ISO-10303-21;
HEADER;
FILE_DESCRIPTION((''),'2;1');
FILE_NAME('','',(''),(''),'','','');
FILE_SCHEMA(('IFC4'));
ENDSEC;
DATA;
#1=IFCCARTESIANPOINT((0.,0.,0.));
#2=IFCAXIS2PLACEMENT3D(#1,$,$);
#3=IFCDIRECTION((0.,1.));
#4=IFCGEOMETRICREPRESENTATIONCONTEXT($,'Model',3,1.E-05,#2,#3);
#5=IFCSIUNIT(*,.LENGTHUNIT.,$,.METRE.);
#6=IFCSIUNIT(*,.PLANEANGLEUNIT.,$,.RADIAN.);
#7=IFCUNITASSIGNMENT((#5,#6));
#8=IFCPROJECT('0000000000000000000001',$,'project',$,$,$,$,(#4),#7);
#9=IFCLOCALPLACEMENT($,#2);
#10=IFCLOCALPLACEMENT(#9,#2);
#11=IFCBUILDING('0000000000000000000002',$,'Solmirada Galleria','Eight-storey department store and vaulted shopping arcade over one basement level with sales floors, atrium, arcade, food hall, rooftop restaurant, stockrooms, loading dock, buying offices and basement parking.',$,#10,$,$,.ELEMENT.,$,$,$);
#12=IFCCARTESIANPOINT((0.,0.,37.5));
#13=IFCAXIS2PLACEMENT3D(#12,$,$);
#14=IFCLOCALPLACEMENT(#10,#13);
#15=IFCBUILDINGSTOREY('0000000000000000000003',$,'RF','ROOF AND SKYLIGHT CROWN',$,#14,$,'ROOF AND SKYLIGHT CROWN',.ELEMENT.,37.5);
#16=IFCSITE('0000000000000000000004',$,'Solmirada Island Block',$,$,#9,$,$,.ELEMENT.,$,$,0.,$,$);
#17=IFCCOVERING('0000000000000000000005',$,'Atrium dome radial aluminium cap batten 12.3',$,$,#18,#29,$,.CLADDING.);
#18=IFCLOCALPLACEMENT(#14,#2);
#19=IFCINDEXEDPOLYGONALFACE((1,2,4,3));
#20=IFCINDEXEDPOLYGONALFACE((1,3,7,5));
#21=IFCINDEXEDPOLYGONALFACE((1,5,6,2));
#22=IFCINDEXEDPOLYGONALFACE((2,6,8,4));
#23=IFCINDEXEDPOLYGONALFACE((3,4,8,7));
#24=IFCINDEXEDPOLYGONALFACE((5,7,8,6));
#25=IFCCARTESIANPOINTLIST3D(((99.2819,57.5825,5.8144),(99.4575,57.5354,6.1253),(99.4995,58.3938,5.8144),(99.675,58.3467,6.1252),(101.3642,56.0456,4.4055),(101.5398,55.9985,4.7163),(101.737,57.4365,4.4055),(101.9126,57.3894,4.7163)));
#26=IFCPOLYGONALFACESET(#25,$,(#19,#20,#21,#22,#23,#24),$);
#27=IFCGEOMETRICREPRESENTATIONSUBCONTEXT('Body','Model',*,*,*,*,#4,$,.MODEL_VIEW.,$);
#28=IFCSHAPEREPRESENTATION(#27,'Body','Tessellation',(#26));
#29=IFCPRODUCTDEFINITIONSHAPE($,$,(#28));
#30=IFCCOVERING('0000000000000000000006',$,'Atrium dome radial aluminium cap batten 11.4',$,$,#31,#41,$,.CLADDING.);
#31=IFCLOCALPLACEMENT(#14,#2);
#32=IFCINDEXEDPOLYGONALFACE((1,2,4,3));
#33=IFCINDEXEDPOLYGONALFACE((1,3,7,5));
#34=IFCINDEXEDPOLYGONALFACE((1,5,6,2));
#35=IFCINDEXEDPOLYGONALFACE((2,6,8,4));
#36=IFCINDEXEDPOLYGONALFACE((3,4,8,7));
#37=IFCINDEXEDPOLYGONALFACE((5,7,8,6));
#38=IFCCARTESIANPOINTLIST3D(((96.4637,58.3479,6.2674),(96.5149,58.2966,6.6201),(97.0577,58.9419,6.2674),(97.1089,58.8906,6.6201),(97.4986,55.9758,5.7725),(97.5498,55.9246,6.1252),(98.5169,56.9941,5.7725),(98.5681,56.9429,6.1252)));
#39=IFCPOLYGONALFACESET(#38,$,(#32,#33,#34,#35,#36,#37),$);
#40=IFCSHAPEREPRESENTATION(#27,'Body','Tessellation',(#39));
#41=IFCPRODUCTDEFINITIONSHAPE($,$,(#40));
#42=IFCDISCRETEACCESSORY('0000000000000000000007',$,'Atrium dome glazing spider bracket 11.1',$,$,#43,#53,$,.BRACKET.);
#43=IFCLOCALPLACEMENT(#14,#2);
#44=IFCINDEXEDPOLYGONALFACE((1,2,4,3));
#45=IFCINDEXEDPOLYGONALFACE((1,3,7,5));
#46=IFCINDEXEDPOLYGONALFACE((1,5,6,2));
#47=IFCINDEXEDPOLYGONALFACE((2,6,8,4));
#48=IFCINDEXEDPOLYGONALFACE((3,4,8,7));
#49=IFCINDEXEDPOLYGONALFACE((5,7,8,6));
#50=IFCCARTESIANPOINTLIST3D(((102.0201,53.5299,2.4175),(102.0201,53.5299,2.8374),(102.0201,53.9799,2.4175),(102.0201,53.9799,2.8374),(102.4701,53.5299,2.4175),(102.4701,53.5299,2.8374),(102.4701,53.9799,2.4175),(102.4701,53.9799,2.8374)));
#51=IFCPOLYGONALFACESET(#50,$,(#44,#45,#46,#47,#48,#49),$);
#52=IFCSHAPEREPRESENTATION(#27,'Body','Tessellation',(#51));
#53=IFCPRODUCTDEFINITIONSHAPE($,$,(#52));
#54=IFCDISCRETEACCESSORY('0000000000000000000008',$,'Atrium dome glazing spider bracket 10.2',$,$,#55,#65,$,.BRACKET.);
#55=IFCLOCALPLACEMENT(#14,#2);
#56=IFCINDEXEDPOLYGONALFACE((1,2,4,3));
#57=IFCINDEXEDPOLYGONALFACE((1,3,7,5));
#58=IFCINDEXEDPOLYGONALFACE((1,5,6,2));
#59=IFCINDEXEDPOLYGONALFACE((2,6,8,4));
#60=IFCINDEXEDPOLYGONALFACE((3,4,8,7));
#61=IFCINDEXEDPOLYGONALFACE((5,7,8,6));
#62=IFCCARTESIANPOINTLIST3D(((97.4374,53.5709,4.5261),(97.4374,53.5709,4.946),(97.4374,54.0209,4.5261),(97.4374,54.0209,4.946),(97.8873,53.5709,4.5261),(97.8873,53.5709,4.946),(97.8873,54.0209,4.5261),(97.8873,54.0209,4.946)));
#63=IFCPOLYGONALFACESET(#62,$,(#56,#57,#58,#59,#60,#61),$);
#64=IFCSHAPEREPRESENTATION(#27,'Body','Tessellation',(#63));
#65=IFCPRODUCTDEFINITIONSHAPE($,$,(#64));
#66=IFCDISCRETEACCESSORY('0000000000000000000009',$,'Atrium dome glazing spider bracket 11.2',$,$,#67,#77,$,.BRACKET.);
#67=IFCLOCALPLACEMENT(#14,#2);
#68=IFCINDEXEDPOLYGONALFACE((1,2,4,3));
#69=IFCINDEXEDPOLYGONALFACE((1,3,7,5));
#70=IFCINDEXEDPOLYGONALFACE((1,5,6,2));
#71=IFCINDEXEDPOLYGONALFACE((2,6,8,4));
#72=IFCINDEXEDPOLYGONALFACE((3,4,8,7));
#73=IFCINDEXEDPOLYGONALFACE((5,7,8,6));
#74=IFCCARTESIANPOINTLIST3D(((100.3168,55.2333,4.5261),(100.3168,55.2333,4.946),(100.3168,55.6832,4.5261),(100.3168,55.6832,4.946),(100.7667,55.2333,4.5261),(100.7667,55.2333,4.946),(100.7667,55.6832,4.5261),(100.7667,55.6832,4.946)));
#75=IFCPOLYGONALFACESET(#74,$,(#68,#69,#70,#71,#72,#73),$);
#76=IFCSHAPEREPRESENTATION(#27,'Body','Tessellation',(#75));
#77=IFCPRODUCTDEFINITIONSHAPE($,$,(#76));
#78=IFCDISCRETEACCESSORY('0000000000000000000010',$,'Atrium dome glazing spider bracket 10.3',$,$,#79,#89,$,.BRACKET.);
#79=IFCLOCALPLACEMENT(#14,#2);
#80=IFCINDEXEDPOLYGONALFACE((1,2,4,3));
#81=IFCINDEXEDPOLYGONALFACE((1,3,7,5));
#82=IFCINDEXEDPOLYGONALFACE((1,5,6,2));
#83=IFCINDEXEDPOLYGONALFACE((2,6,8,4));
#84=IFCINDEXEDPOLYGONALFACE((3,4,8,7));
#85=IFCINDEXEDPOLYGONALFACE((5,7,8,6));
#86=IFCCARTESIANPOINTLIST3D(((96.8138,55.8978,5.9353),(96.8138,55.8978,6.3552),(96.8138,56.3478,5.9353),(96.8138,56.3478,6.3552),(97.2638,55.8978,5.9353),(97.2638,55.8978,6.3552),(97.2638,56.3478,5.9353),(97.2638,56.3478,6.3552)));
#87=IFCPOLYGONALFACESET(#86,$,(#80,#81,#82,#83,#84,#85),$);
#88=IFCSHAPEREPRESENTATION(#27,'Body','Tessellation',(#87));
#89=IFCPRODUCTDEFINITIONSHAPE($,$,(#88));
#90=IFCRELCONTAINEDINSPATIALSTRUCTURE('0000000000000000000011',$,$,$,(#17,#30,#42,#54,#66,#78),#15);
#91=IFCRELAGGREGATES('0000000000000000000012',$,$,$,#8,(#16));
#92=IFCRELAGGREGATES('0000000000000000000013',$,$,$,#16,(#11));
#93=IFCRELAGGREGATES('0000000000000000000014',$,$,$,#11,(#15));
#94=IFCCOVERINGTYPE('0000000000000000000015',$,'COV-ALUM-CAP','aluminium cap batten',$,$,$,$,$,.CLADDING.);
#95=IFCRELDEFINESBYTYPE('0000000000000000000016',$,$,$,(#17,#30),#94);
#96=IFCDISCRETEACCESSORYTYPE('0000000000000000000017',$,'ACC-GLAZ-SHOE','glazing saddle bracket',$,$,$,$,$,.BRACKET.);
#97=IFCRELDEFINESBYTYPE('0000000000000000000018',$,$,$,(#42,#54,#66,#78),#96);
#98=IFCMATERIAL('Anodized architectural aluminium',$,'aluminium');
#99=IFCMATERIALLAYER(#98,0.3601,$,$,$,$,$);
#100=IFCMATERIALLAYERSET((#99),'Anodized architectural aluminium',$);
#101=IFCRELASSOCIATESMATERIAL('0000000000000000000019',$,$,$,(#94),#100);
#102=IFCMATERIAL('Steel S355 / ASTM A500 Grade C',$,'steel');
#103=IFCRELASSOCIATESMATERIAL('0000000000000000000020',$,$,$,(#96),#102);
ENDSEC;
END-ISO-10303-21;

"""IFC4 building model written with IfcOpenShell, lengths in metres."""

from ifc_helpers import new_model, si_unit, direction, frame, origin, origin_2d, place, context, subcontext, project, spatial, polyline, rectangle, outline, extrude, material, layer, layer_set, type_object, element, save


model = new_model("IFC4")

# Units and contexts
model_context = context("Model", 3, precision=1e-05, world=origin(), true_north=direction((0.0, 1.0)))
body_context = subcontext(model_context, "Body", "Model", "MODEL_VIEW")
ifc_project = project(units=[si_unit("LENGTHUNIT", "METRE"), si_unit("PLANEANGLEUNIT", "RADIAN")], contexts=[model_context])

# Site, building, storey
site_placement = place(None, origin())
site = spatial("IfcSite", under=ifc_project, at=site_placement, Name="Solmirada Island Block", CompositionType="ELEMENT", RefElevation=0.0)
building_placement = place(site_placement, origin())
building = spatial("IfcBuilding", under=site, at=building_placement, Name="Solmirada Galleria", Description="Eight-storey department store and vaulted shopping arcade over one basement level with sales floors, atrium, arcade, food hall, rooftop restaurant, stockrooms, loading dock, buying offices and basement parking.", CompositionType="ELEMENT")
storey_placement = place(building_placement, frame((0.0, 0.0, 37.5)))
storey = spatial("IfcBuildingStorey", under=building, at=storey_placement, Name="RF", Description="ROOF AND SKYLIGHT CROWN", LongName="ROOF AND SKYLIGHT CROWN", CompositionType="ELEMENT", Elevation=37.5)

# Shared definitions
ifc_material_1 = material(Name="Steel S355 / ASTM A500 Grade C", Category="steel")

# Coverings
ifc_material_2 = material(Name="Anodized architectural aluminium", Category="aluminium")
ifc_layer_1 = layer(ifc_material_2, 0.3601)
ifc_layer_set_1 = layer_set([ifc_layer_1], Name="Anodized architectural aluminium")
covering_type = type_object("IfcCoveringType", Name="COV-ALUM-CAP", Description="aluminium cap batten", PredefinedType="CLADDING", material=ifc_layer_set_1)
covering_1_placement = place(storey_placement, frame((101.5398, 55.9985, 4.7163), z_axis=(0.487615, -0.130716, 0.863218), x_axis=(0.258905, 0.965903, 0.000014)))
element("IfcCovering", 1, at=covering_1_placement, inside=storey, type_object=covering_type, Name="Atrium dome radial aluminium cap batten 12.3", PredefinedType="CLADDING", context=body_context, shape_type="SweptSolid", body=[
    extrude(outline(polyline([(0.0, 0.0), (1.44, 0.0), (1.7853, 2.7908), (0.9454, 2.7909), (0.0, 0.0)])), origin(), (0.0, 0.0, -1.0), 0.3601),
])
covering_2_placement = place(storey_placement, frame((97.5498, 55.9246, 6.1252), z_axis=(0.142282, -0.142282, 0.979547), x_axis=(0.707107, 0.707107, 0.0)))
element("IfcCovering", 2, at=covering_2_placement, inside=storey, type_object=covering_type, Name="Atrium dome radial aluminium cap batten 11.4", PredefinedType="CLADDING", context=body_context, shape_type="SweptSolid", body=[
    extrude(outline(polyline([(0.0, 0.0), (1.4401, 0.0), (1.7855, 2.4594), (0.9455, 2.4594), (0.0, 0.0)])), origin(), (0.0, 0.0, -1.0), 0.3601),
])

# Discrete accessories
discrete_accessory_type = type_object("IfcDiscreteAccessoryType", Name="ACC-GLAZ-SHOE", Description="glazing saddle bracket", PredefinedType="BRACKET", material=ifc_material_1)
for number, where, z_axis, x_axis, name in (
    (3, (102.2451, 53.7549, 2.4175), (0.0, 0.0, 1.0), (1.0, 0.0, 0.0), "Atrium dome glazing spider bracket 11.1"),
    (4, (97.6624, 53.7959, 4.5261), (0.0, 0.0, 1.0), (1.0, 0.0, 0.0), "Atrium dome glazing spider bracket 10.2"),
    (5, (100.5417, 55.4583, 4.5261), (0.0, 0.0, 1.0), (1.0, 0.0, 0.0), "Atrium dome glazing spider bracket 11.2"),
    (6, (97.0388, 56.1228, 5.9353), (0.0, 0.0, 1.0), (1.0, 0.0, 0.0), "Atrium dome glazing spider bracket 10.3"),
):
    element("IfcDiscreteAccessory", number, at=place(storey_placement, frame(where, z_axis=z_axis, x_axis=x_axis)), inside=storey, type_object=discrete_accessory_type, Name=name, PredefinedType="BRACKET", context=body_context, shape_type="SweptSolid", body=[
        extrude(rectangle(XDim=0.45, YDim=0.45, at=origin_2d()), origin(), (0.0, 0.0, 1.0), 0.4199),
    ])

save(model, "model.ifc")
